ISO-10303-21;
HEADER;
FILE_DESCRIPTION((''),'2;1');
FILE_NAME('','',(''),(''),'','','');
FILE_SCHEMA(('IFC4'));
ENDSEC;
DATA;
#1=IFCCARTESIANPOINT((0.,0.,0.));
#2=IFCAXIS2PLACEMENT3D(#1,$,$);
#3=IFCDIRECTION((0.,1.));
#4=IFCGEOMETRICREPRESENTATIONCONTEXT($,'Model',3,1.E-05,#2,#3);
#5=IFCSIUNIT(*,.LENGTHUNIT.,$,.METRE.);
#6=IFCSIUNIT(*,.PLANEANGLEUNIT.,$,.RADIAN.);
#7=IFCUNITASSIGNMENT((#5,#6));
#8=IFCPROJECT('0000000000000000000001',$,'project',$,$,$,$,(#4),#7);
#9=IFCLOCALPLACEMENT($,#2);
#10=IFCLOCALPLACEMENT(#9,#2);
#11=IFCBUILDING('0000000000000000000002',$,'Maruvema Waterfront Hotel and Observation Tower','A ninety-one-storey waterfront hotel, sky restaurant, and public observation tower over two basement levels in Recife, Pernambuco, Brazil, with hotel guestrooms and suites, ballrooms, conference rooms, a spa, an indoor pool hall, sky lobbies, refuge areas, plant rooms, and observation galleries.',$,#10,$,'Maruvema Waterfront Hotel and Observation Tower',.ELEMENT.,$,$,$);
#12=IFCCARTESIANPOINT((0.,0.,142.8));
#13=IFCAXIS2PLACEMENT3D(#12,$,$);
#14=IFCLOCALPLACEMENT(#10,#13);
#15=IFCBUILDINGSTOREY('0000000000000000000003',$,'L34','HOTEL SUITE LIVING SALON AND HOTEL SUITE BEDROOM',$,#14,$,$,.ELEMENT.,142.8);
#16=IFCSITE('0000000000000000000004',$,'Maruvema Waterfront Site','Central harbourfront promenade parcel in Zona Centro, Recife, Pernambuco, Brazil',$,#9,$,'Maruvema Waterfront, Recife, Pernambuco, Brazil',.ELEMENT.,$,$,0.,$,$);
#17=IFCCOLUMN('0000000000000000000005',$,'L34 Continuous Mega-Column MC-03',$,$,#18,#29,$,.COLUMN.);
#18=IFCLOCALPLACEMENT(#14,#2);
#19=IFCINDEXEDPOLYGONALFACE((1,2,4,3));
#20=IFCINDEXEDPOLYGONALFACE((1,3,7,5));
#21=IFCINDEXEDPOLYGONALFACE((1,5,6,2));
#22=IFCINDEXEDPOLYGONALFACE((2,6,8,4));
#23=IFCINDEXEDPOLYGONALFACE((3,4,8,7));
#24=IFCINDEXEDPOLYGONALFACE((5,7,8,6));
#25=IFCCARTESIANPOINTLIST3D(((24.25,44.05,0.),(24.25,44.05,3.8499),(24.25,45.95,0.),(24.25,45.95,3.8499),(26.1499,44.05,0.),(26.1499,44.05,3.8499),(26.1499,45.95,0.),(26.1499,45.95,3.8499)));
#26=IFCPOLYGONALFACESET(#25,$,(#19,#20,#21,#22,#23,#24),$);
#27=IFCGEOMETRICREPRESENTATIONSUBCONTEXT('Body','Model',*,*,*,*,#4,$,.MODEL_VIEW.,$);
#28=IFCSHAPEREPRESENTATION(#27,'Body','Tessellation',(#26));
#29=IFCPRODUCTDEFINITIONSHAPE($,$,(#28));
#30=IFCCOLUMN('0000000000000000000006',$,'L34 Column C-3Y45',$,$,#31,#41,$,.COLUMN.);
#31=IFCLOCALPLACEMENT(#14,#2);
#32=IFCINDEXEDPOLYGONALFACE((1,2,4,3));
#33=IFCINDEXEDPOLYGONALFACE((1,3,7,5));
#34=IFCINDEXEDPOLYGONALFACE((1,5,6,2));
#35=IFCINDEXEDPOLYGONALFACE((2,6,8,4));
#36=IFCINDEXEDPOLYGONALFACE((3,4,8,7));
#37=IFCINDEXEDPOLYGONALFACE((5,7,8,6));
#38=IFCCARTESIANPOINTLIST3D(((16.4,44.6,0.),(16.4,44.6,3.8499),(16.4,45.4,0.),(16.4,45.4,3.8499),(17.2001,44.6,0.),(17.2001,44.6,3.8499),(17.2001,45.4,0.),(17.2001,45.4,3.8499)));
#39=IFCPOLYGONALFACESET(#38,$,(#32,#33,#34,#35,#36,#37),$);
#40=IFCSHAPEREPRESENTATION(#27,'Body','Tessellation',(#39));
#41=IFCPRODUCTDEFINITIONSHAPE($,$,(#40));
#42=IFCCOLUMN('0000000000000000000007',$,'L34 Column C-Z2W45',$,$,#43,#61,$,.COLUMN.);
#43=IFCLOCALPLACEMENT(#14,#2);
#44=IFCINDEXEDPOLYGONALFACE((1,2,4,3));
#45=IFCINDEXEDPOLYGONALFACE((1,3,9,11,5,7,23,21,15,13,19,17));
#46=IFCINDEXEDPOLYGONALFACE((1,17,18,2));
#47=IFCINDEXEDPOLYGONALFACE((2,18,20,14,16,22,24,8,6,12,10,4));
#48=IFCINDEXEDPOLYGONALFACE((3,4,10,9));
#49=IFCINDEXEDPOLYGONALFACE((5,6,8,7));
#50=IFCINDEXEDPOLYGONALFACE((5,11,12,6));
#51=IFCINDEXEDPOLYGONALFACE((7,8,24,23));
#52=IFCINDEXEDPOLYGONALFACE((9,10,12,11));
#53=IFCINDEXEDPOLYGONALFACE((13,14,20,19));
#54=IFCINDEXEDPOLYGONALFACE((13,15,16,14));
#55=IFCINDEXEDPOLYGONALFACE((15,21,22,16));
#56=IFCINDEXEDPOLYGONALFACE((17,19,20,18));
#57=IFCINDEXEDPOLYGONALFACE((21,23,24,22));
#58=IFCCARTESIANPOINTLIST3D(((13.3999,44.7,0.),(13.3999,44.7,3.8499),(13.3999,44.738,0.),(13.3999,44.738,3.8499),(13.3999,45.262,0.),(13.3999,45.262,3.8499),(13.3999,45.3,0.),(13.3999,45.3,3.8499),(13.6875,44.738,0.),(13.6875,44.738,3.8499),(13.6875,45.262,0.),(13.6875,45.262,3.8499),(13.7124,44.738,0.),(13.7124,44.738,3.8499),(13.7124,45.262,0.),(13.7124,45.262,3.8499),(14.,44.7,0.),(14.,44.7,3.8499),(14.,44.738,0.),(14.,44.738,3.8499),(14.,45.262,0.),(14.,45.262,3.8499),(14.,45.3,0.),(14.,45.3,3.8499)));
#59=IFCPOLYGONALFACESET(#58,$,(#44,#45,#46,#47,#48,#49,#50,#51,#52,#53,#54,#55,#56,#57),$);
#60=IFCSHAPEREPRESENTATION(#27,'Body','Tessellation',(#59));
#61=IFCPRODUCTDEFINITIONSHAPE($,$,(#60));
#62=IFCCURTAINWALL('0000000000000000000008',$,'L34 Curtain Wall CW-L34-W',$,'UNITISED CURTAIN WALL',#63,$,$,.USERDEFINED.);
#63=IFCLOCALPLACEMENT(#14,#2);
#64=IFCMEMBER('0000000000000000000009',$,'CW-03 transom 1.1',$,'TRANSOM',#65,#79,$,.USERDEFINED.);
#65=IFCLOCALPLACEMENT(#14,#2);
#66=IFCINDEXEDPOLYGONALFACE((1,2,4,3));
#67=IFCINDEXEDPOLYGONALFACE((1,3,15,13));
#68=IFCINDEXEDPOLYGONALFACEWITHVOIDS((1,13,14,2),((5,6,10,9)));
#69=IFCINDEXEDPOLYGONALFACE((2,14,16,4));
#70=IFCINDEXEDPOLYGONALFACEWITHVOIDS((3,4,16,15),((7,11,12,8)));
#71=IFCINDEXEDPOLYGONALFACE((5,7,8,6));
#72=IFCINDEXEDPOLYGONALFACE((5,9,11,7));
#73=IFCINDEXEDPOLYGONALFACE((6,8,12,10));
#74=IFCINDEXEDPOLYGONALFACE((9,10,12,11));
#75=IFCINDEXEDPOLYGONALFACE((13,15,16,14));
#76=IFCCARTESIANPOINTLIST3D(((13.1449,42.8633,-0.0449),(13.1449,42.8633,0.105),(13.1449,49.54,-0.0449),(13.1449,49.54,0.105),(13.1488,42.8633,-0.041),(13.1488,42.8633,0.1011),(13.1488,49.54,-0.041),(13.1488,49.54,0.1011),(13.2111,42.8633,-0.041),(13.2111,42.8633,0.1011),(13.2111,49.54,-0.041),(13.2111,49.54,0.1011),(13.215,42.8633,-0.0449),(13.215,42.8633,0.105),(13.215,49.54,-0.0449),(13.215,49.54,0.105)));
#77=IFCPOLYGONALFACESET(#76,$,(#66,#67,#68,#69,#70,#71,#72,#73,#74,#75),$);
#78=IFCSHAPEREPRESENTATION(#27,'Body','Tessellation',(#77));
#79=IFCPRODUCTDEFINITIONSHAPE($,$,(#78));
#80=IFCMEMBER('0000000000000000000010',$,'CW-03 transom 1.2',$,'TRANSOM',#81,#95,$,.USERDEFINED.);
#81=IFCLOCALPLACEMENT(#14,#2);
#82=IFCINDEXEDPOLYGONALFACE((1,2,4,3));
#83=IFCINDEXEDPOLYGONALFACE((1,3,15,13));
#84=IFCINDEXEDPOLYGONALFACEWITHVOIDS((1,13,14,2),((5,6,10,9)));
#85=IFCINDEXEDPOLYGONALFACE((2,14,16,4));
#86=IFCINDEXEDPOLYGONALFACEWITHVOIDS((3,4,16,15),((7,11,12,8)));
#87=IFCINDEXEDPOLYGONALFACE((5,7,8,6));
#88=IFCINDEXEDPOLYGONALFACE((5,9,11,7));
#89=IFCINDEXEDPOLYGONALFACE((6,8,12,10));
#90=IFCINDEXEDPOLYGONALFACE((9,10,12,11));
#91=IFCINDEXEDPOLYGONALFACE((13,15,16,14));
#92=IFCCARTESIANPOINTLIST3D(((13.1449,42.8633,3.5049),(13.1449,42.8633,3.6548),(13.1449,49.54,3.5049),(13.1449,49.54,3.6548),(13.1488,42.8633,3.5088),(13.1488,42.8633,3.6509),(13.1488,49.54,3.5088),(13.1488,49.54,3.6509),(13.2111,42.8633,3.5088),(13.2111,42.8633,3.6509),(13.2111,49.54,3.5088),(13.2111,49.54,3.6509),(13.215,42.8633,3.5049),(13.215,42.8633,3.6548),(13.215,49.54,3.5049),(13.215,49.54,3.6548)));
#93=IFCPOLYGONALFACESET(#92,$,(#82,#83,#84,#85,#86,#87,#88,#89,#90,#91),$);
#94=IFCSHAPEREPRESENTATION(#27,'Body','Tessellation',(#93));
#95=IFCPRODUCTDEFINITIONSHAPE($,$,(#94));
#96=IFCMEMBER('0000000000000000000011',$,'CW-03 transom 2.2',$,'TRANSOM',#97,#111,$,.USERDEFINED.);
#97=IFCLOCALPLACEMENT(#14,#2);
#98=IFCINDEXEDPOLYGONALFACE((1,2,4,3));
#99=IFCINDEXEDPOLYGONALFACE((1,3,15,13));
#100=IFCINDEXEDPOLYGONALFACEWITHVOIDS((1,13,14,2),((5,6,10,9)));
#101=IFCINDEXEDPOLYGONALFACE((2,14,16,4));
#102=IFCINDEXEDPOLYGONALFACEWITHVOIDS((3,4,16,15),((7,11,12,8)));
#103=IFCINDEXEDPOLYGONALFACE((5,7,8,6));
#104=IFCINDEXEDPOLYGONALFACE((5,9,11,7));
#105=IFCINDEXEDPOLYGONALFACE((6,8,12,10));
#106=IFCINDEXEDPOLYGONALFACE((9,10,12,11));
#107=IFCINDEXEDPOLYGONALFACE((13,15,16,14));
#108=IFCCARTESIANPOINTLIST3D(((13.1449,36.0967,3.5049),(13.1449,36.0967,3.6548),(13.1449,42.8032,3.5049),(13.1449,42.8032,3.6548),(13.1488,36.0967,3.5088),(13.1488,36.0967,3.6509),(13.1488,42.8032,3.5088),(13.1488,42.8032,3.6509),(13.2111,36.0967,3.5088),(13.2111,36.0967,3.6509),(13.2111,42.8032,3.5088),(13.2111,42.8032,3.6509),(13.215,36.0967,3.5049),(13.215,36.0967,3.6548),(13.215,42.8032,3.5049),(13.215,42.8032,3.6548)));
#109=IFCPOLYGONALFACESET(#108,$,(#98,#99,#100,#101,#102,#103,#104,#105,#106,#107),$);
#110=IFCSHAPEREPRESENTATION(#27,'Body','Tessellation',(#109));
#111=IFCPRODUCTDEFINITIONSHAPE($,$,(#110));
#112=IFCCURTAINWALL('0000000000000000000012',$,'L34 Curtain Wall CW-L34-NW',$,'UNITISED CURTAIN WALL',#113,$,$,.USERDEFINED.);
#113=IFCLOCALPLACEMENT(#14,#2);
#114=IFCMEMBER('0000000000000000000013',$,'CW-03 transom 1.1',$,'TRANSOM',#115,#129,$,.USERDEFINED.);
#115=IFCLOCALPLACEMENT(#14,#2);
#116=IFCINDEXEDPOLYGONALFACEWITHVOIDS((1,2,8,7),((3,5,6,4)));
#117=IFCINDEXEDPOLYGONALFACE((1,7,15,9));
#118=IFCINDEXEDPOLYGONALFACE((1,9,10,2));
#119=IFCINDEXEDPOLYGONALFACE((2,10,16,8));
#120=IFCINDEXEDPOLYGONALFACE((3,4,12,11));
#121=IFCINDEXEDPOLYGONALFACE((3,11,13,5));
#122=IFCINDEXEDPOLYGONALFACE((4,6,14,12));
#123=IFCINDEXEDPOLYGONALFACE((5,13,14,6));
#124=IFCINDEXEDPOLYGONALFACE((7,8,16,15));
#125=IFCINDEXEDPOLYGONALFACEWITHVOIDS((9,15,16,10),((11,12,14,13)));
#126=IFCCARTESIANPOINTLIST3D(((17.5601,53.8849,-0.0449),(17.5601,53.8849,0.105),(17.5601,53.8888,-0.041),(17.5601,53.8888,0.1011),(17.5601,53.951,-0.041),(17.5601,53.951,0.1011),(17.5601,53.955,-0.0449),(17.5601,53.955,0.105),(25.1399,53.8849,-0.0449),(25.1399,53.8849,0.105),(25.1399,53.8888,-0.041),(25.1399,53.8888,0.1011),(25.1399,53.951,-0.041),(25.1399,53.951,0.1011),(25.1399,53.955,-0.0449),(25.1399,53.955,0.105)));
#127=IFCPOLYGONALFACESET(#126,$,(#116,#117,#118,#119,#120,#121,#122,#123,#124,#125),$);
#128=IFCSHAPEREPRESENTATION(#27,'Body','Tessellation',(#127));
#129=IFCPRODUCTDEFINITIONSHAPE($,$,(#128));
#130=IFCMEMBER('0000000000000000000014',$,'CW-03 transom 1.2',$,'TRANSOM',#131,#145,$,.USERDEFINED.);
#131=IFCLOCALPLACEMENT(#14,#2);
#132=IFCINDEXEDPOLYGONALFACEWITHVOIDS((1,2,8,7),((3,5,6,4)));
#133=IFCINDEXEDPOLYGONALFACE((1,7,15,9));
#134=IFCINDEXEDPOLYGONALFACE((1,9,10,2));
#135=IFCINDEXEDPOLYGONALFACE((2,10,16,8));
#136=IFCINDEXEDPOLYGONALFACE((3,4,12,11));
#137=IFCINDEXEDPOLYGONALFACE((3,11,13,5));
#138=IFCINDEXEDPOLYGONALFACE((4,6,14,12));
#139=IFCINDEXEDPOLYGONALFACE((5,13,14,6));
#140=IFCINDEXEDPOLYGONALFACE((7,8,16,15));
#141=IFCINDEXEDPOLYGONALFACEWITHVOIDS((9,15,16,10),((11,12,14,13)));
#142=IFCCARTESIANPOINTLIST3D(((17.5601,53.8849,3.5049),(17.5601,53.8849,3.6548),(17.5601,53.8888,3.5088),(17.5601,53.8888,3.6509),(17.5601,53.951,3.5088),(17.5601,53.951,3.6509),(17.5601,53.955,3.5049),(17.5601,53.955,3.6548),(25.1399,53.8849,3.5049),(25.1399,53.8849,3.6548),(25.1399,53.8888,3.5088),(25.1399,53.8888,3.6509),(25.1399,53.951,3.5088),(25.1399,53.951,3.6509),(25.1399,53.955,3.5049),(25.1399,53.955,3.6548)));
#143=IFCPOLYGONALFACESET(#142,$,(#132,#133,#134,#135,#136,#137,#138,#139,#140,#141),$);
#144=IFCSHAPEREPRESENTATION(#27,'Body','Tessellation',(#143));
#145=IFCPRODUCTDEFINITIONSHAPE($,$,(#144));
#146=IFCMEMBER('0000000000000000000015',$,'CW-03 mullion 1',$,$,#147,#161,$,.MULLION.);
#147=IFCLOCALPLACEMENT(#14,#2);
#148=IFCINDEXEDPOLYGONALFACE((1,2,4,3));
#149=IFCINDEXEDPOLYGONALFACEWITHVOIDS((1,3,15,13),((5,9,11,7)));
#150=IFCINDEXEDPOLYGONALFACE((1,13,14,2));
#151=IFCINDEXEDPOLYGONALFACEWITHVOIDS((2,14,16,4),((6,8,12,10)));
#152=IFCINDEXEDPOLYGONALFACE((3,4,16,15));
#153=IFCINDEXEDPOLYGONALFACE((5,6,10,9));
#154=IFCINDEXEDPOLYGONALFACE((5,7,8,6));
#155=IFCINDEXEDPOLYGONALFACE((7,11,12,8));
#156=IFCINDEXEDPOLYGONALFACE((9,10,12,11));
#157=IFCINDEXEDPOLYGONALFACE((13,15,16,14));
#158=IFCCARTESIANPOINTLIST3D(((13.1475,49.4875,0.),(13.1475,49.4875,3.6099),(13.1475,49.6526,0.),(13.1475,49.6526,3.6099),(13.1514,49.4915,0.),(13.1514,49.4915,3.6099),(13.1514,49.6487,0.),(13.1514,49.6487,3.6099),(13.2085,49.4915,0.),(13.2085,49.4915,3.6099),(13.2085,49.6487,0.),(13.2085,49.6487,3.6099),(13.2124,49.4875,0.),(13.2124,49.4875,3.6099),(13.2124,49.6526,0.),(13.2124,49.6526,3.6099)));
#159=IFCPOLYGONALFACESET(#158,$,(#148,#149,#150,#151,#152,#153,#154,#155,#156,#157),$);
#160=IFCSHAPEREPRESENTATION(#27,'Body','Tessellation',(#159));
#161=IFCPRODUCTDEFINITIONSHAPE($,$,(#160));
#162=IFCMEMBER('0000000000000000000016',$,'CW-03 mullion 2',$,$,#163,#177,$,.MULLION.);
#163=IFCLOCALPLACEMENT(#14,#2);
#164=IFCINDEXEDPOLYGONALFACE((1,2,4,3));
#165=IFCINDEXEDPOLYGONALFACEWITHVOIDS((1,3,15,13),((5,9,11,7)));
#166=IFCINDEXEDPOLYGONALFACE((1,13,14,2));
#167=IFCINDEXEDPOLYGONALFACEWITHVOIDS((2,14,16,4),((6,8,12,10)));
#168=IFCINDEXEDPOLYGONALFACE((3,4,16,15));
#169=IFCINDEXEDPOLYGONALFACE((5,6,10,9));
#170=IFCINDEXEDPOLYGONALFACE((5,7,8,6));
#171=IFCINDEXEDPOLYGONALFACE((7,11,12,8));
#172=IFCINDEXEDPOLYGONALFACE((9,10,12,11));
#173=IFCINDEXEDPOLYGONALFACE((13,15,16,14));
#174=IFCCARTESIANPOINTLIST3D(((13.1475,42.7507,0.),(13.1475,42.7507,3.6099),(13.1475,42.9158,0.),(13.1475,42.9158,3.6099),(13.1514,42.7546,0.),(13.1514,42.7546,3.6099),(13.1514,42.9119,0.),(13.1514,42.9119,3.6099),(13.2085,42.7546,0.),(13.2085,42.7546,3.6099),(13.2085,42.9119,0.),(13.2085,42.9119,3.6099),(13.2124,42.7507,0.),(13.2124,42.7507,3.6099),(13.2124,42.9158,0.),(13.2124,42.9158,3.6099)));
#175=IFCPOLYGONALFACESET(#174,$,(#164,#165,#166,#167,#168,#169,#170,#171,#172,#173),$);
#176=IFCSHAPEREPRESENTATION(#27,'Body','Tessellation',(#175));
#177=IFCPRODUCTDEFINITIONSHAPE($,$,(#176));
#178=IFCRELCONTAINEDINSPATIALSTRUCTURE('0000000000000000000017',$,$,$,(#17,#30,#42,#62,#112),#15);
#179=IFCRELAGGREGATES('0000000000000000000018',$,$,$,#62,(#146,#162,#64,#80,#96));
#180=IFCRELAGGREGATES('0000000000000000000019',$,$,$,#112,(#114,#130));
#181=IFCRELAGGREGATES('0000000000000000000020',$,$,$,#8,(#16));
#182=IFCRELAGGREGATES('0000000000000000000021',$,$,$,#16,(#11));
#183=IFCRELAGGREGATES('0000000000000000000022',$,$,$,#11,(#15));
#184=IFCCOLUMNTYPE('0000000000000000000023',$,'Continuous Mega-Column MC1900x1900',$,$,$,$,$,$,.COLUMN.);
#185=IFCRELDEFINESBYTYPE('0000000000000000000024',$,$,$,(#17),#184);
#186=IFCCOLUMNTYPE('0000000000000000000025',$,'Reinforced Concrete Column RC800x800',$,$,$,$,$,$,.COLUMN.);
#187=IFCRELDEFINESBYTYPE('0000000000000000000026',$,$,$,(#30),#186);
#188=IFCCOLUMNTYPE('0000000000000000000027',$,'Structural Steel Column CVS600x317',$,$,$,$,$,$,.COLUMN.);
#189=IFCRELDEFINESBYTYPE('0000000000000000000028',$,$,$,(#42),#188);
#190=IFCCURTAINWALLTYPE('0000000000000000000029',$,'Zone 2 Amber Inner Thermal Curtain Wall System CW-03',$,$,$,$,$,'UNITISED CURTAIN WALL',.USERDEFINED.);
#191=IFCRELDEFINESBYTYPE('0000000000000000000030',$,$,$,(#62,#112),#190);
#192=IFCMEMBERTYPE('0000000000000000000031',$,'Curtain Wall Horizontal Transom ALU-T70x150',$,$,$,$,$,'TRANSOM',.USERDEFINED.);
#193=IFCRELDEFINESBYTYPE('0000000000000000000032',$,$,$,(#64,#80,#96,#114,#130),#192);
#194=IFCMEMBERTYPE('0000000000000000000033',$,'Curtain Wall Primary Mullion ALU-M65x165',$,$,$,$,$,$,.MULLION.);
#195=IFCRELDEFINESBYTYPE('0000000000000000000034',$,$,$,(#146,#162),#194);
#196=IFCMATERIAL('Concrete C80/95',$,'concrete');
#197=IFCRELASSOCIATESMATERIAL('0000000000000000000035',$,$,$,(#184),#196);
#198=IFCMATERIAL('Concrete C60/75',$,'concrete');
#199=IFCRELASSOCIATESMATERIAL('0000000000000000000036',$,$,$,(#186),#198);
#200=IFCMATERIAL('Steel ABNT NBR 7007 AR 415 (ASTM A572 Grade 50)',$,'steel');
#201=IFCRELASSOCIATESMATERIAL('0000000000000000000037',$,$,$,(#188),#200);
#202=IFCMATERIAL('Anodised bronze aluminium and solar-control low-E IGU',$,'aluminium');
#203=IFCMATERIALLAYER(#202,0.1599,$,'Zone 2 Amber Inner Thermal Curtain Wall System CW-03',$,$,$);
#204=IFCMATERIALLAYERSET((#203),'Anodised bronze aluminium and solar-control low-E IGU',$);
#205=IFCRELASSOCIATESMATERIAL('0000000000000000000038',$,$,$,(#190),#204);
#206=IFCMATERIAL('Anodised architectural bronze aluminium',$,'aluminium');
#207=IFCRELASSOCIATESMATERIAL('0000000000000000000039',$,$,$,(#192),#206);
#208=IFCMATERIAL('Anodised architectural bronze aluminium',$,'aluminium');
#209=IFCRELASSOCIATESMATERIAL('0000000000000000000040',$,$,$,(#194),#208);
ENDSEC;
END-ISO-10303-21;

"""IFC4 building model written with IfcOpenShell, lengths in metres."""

from ifc_helpers import new_model, si_unit, direction, frame, origin, origin_2d, place, context, subcontext, project, spatial, rectangle, hollow_rectangle, i_section, extrude, material, layer, layer_set, material_profile, profile_set, type_object, element, aggregate, save


model = new_model("IFC4")

# Units and contexts
model_context = context("Model", 3, precision=1e-05, world=origin(), true_north=direction((0.0, 1.0)))
body_context = subcontext(model_context, "Body", "Model", "MODEL_VIEW")
ifc_project = project(units=[si_unit("LENGTHUNIT", "METRE"), si_unit("PLANEANGLEUNIT", "RADIAN")], contexts=[model_context])

# Site, building, storey
site_placement = place(None, origin())
site = spatial("IfcSite", under=ifc_project, at=site_placement, Name="Maruvema Waterfront Site", Description="Central harbourfront promenade parcel in Zona Centro, Recife, Pernambuco, Brazil", LongName="Maruvema Waterfront, Recife, Pernambuco, Brazil", CompositionType="ELEMENT", RefElevation=0.0)
building_placement = place(site_placement, origin())
building = spatial("IfcBuilding", under=site, at=building_placement, Name="Maruvema Waterfront Hotel and Observation Tower", Description="A ninety-one-storey waterfront hotel, sky restaurant, and public observation tower over two basement levels in Recife, Pernambuco, Brazil, with hotel guestrooms and suites, ballrooms, conference rooms, a spa, an indoor pool hall, sky lobbies, refuge areas, plant rooms, and observation galleries.", LongName="Maruvema Waterfront Hotel and Observation Tower", CompositionType="ELEMENT")
storey_placement = place(building_placement, frame((0.0, 0.0, 142.8)))
storey = spatial("IfcBuildingStorey", under=building, at=storey_placement, Name="L34", Description="HOTEL SUITE LIVING SALON AND HOTEL SUITE BEDROOM", CompositionType="ELEMENT", Elevation=142.8)

# Columns
ifc_material_1 = material(Name="Concrete C80/95", Category="concrete")
ifc_material_profile_1 = material_profile(ifc_material_1, rectangle(XDim=1.8999, YDim=1.8999, at=origin_2d()), Name="MC1900x1900")
ifc_profile_set_1 = profile_set([ifc_material_profile_1], Name="Concrete C80/95")
column_type_1 = type_object("IfcColumnType", Name="Continuous Mega-Column MC1900x1900", PredefinedType="COLUMN", material=ifc_profile_set_1)
column_1_placement = place(storey_placement, frame((25.2, 45.0, 0.0), z_axis=(0.0, 0.0, 1.0), x_axis=(1.0, 0.0, 0.0)))
element("IfcColumn", 1, at=column_1_placement, inside=storey, type_object=column_type_1, Name="L34 Continuous Mega-Column MC-03", PredefinedType="COLUMN", context=body_context, shape_type="SweptSolid", body=[
    extrude(rectangle(XDim=1.8999, YDim=1.8999, at=origin_2d()), origin(), (0.0, 0.0, 1.0), 3.8499),
])
ifc_material_2 = material(Name="Concrete C60/75", Category="concrete")
ifc_material_profile_2 = material_profile(ifc_material_2, rectangle(XDim=0.8, YDim=0.8, at=origin_2d()), Name="RC800x800")
ifc_profile_set_2 = profile_set([ifc_material_profile_2], Name="Concrete C60/75")
column_type_2 = type_object("IfcColumnType", Name="Reinforced Concrete Column RC800x800", PredefinedType="COLUMN", material=ifc_profile_set_2)
column_2_placement = place(storey_placement, frame((16.8, 45.0, 0.0), z_axis=(0.0, 0.0, 1.0), x_axis=(1.0, 0.0, 0.0)))
element("IfcColumn", 2, at=column_2_placement, inside=storey, type_object=column_type_2, Name="L34 Column C-3Y45", PredefinedType="COLUMN", context=body_context, shape_type="SweptSolid", body=[
    extrude(rectangle(XDim=0.8, YDim=0.8, at=origin_2d()), origin(), (0.0, 0.0, 1.0), 3.8499),
])
ifc_material_3 = material(Name="Steel ABNT NBR 7007 AR 415 (ASTM A572 Grade 50)", Category="steel")
ifc_material_profile_3 = material_profile(ifc_material_3, i_section(OverallWidth=0.6001, OverallDepth=0.6001, WebThickness=0.0249, FlangeThickness=0.0381, at=origin_2d()), Name="CVS600x317")
ifc_profile_set_3 = profile_set([ifc_material_profile_3], Name="Steel ABNT NBR 7007 AR 415 (ASTM A572 Grade 50)")
column_type_3 = type_object("IfcColumnType", Name="Structural Steel Column CVS600x317", PredefinedType="COLUMN", material=ifc_profile_set_3)
column_3_placement = place(storey_placement, frame((13.7, 45.0, 0.0), z_axis=(0.0, 0.0, 1.0), x_axis=(1.0, 0.0, 0.0)))
element("IfcColumn", 3, at=column_3_placement, inside=storey, type_object=column_type_3, Name="L34 Column C-Z2W45", PredefinedType="COLUMN", context=body_context, shape_type="SweptSolid", body=[
    extrude(i_section(OverallWidth=0.6001, OverallDepth=0.6001, WebThickness=0.0249, FlangeThickness=0.0381, at=origin_2d()), origin(), (0.0, 0.0, 1.0), 3.8499),
])

# Curtain walls, members
ifc_material_4 = material(Name="Anodised bronze aluminium and solar-control low-E IGU", Category="aluminium")
ifc_layer_1 = layer(ifc_material_4, 0.1599, Name="Zone 2 Amber Inner Thermal Curtain Wall System CW-03")
ifc_layer_set_1 = layer_set([ifc_layer_1], Name="Anodised bronze aluminium and solar-control low-E IGU")
curtain_wall_type = type_object("IfcCurtainWallType", Name="Zone 2 Amber Inner Thermal Curtain Wall System CW-03", ElementType="UNITISED CURTAIN WALL", PredefinedType="USERDEFINED", material=ifc_layer_set_1)
curtain_wall_1_placement = place(storey_placement, origin())
curtain_wall_1 = element("IfcCurtainWall", 4, at=curtain_wall_1_placement, inside=storey, type_object=curtain_wall_type, Name="L34 Curtain Wall CW-L34-W", ObjectType="UNITISED CURTAIN WALL", PredefinedType="USERDEFINED")
ifc_material_5 = material(Name="Anodised architectural bronze aluminium", Category="aluminium")
ifc_material_profile_4 = material_profile(ifc_material_5, hollow_rectangle(XDim=0.0701, YDim=0.1499, WallThickness=0.0039, at=origin_2d()), Name="ALU-T70x150")
ifc_profile_set_4 = profile_set([ifc_material_profile_4], Name="Anodised architectural bronze aluminium")
member_type_1 = type_object("IfcMemberType", Name="Curtain Wall Horizontal Transom ALU-T70x150", ElementType="TRANSOM", PredefinedType="USERDEFINED", material=ifc_profile_set_4)
member_1_placement = place(storey_placement, frame((13.1799, 49.54, 0.03), z_axis=(0.0, -1.0, 0.0), x_axis=(1.0, 0.0, 0.0)))
member_1 = element("IfcMember", 5, at=member_1_placement, type_object=member_type_1, Name="CW-03 transom 1.1", ObjectType="TRANSOM", PredefinedType="USERDEFINED", context=body_context, shape_type="SweptSolid", body=[
    extrude(hollow_rectangle(XDim=0.0701, YDim=0.1499, WallThickness=0.0039, at=origin_2d()), origin(), (0.0, 0.0, 1.0), 6.6768),
])
member_2_placement = place(storey_placement, frame((13.1799, 49.54, 3.5798), z_axis=(0.0, -1.0, 0.0), x_axis=(1.0, 0.0, 0.0)))
member_2 = element("IfcMember", 6, at=member_2_placement, type_object=member_type_1, Name="CW-03 transom 1.2", ObjectType="TRANSOM", PredefinedType="USERDEFINED", context=body_context, shape_type="SweptSolid", body=[
    extrude(hollow_rectangle(XDim=0.0701, YDim=0.1499, WallThickness=0.0039, at=origin_2d()), origin(), (0.0, 0.0, 1.0), 6.6768),
])
member_3_placement = place(storey_placement, frame((13.1799, 42.8032, 3.5798), z_axis=(0.0, -1.0, 0.0), x_axis=(1.0, 0.0, 0.0)))
member_3 = element("IfcMember", 7, at=member_3_placement, type_object=member_type_1, Name="CW-03 transom 2.2", ObjectType="TRANSOM", PredefinedType="USERDEFINED", context=body_context, shape_type="SweptSolid", body=[
    extrude(hollow_rectangle(XDim=0.0701, YDim=0.1499, WallThickness=0.0039, at=origin_2d()), origin(), (0.0, 0.0, 1.0), 6.7065),
])
curtain_wall_2_placement = place(storey_placement, origin())
curtain_wall_2 = element("IfcCurtainWall", 8, at=curtain_wall_2_placement, inside=storey, type_object=curtain_wall_type, Name="L34 Curtain Wall CW-L34-NW", ObjectType="UNITISED CURTAIN WALL", PredefinedType="USERDEFINED")
member_4_placement = place(storey_placement, frame((25.1399, 53.9199, 0.03), z_axis=(-1.0, 0.0, 0.0), x_axis=(0.0, -1.0, 0.0)))
member_4 = element("IfcMember", 9, at=member_4_placement, type_object=member_type_1, Name="CW-03 transom 1.1", ObjectType="TRANSOM", PredefinedType="USERDEFINED", context=body_context, shape_type="SweptSolid", body=[
    extrude(hollow_rectangle(XDim=0.0701, YDim=0.1499, WallThickness=0.0039, at=origin_2d()), origin(), (0.0, 0.0, 1.0), 7.5798),
])
member_5_placement = place(storey_placement, frame((25.1399, 53.9199, 3.5798), z_axis=(-1.0, 0.0, 0.0), x_axis=(0.0, -1.0, 0.0)))
member_5 = element("IfcMember", 10, at=member_5_placement, type_object=member_type_1, Name="CW-03 transom 1.2", ObjectType="TRANSOM", PredefinedType="USERDEFINED", context=body_context, shape_type="SweptSolid", body=[
    extrude(hollow_rectangle(XDim=0.0701, YDim=0.1499, WallThickness=0.0039, at=origin_2d()), origin(), (0.0, 0.0, 1.0), 7.5798),
])

# Members
ifc_material_6 = material(Name="Anodised architectural bronze aluminium", Category="aluminium")
ifc_material_profile_5 = material_profile(ifc_material_6, hollow_rectangle(XDim=0.0649, YDim=0.165, WallThickness=0.0039, at=origin_2d()), Name="ALU-M65x165")
ifc_profile_set_5 = profile_set([ifc_material_profile_5], Name="Anodised architectural bronze aluminium")
member_type_2 = type_object("IfcMemberType", Name="Curtain Wall Primary Mullion ALU-M65x165", PredefinedType="MULLION", material=ifc_profile_set_5)
member_6_placement = place(storey_placement, frame((13.1799, 49.5701, 0.0), z_axis=(0.0, 0.0, 1.0), x_axis=(1.0, 0.0, 0.0)))
member_6 = element("IfcMember", 11, at=member_6_placement, type_object=member_type_2, Name="CW-03 mullion 1", PredefinedType="MULLION", context=body_context, shape_type="SweptSolid", body=[
    extrude(hollow_rectangle(XDim=0.0649, YDim=0.165, WallThickness=0.0039, at=origin_2d()), origin(), (0.0, 0.0, 1.0), 3.6099),
])
member_7_placement = place(storey_placement, frame((13.1799, 42.8333, 0.0), z_axis=(0.0, 0.0, 1.0), x_axis=(1.0, 0.0, 0.0)))
member_7 = element("IfcMember", 12, at=member_7_placement, type_object=member_type_2, Name="CW-03 mullion 2", PredefinedType="MULLION", context=body_context, shape_type="SweptSolid", body=[
    extrude(hollow_rectangle(XDim=0.0649, YDim=0.165, WallThickness=0.0039, at=origin_2d()), origin(), (0.0, 0.0, 1.0), 3.6099),
])

aggregate(curtain_wall_1, [member_6, member_7, member_1, member_2, member_3])
aggregate(curtain_wall_2, [member_4, member_5])

save(model, "model.ifc")
